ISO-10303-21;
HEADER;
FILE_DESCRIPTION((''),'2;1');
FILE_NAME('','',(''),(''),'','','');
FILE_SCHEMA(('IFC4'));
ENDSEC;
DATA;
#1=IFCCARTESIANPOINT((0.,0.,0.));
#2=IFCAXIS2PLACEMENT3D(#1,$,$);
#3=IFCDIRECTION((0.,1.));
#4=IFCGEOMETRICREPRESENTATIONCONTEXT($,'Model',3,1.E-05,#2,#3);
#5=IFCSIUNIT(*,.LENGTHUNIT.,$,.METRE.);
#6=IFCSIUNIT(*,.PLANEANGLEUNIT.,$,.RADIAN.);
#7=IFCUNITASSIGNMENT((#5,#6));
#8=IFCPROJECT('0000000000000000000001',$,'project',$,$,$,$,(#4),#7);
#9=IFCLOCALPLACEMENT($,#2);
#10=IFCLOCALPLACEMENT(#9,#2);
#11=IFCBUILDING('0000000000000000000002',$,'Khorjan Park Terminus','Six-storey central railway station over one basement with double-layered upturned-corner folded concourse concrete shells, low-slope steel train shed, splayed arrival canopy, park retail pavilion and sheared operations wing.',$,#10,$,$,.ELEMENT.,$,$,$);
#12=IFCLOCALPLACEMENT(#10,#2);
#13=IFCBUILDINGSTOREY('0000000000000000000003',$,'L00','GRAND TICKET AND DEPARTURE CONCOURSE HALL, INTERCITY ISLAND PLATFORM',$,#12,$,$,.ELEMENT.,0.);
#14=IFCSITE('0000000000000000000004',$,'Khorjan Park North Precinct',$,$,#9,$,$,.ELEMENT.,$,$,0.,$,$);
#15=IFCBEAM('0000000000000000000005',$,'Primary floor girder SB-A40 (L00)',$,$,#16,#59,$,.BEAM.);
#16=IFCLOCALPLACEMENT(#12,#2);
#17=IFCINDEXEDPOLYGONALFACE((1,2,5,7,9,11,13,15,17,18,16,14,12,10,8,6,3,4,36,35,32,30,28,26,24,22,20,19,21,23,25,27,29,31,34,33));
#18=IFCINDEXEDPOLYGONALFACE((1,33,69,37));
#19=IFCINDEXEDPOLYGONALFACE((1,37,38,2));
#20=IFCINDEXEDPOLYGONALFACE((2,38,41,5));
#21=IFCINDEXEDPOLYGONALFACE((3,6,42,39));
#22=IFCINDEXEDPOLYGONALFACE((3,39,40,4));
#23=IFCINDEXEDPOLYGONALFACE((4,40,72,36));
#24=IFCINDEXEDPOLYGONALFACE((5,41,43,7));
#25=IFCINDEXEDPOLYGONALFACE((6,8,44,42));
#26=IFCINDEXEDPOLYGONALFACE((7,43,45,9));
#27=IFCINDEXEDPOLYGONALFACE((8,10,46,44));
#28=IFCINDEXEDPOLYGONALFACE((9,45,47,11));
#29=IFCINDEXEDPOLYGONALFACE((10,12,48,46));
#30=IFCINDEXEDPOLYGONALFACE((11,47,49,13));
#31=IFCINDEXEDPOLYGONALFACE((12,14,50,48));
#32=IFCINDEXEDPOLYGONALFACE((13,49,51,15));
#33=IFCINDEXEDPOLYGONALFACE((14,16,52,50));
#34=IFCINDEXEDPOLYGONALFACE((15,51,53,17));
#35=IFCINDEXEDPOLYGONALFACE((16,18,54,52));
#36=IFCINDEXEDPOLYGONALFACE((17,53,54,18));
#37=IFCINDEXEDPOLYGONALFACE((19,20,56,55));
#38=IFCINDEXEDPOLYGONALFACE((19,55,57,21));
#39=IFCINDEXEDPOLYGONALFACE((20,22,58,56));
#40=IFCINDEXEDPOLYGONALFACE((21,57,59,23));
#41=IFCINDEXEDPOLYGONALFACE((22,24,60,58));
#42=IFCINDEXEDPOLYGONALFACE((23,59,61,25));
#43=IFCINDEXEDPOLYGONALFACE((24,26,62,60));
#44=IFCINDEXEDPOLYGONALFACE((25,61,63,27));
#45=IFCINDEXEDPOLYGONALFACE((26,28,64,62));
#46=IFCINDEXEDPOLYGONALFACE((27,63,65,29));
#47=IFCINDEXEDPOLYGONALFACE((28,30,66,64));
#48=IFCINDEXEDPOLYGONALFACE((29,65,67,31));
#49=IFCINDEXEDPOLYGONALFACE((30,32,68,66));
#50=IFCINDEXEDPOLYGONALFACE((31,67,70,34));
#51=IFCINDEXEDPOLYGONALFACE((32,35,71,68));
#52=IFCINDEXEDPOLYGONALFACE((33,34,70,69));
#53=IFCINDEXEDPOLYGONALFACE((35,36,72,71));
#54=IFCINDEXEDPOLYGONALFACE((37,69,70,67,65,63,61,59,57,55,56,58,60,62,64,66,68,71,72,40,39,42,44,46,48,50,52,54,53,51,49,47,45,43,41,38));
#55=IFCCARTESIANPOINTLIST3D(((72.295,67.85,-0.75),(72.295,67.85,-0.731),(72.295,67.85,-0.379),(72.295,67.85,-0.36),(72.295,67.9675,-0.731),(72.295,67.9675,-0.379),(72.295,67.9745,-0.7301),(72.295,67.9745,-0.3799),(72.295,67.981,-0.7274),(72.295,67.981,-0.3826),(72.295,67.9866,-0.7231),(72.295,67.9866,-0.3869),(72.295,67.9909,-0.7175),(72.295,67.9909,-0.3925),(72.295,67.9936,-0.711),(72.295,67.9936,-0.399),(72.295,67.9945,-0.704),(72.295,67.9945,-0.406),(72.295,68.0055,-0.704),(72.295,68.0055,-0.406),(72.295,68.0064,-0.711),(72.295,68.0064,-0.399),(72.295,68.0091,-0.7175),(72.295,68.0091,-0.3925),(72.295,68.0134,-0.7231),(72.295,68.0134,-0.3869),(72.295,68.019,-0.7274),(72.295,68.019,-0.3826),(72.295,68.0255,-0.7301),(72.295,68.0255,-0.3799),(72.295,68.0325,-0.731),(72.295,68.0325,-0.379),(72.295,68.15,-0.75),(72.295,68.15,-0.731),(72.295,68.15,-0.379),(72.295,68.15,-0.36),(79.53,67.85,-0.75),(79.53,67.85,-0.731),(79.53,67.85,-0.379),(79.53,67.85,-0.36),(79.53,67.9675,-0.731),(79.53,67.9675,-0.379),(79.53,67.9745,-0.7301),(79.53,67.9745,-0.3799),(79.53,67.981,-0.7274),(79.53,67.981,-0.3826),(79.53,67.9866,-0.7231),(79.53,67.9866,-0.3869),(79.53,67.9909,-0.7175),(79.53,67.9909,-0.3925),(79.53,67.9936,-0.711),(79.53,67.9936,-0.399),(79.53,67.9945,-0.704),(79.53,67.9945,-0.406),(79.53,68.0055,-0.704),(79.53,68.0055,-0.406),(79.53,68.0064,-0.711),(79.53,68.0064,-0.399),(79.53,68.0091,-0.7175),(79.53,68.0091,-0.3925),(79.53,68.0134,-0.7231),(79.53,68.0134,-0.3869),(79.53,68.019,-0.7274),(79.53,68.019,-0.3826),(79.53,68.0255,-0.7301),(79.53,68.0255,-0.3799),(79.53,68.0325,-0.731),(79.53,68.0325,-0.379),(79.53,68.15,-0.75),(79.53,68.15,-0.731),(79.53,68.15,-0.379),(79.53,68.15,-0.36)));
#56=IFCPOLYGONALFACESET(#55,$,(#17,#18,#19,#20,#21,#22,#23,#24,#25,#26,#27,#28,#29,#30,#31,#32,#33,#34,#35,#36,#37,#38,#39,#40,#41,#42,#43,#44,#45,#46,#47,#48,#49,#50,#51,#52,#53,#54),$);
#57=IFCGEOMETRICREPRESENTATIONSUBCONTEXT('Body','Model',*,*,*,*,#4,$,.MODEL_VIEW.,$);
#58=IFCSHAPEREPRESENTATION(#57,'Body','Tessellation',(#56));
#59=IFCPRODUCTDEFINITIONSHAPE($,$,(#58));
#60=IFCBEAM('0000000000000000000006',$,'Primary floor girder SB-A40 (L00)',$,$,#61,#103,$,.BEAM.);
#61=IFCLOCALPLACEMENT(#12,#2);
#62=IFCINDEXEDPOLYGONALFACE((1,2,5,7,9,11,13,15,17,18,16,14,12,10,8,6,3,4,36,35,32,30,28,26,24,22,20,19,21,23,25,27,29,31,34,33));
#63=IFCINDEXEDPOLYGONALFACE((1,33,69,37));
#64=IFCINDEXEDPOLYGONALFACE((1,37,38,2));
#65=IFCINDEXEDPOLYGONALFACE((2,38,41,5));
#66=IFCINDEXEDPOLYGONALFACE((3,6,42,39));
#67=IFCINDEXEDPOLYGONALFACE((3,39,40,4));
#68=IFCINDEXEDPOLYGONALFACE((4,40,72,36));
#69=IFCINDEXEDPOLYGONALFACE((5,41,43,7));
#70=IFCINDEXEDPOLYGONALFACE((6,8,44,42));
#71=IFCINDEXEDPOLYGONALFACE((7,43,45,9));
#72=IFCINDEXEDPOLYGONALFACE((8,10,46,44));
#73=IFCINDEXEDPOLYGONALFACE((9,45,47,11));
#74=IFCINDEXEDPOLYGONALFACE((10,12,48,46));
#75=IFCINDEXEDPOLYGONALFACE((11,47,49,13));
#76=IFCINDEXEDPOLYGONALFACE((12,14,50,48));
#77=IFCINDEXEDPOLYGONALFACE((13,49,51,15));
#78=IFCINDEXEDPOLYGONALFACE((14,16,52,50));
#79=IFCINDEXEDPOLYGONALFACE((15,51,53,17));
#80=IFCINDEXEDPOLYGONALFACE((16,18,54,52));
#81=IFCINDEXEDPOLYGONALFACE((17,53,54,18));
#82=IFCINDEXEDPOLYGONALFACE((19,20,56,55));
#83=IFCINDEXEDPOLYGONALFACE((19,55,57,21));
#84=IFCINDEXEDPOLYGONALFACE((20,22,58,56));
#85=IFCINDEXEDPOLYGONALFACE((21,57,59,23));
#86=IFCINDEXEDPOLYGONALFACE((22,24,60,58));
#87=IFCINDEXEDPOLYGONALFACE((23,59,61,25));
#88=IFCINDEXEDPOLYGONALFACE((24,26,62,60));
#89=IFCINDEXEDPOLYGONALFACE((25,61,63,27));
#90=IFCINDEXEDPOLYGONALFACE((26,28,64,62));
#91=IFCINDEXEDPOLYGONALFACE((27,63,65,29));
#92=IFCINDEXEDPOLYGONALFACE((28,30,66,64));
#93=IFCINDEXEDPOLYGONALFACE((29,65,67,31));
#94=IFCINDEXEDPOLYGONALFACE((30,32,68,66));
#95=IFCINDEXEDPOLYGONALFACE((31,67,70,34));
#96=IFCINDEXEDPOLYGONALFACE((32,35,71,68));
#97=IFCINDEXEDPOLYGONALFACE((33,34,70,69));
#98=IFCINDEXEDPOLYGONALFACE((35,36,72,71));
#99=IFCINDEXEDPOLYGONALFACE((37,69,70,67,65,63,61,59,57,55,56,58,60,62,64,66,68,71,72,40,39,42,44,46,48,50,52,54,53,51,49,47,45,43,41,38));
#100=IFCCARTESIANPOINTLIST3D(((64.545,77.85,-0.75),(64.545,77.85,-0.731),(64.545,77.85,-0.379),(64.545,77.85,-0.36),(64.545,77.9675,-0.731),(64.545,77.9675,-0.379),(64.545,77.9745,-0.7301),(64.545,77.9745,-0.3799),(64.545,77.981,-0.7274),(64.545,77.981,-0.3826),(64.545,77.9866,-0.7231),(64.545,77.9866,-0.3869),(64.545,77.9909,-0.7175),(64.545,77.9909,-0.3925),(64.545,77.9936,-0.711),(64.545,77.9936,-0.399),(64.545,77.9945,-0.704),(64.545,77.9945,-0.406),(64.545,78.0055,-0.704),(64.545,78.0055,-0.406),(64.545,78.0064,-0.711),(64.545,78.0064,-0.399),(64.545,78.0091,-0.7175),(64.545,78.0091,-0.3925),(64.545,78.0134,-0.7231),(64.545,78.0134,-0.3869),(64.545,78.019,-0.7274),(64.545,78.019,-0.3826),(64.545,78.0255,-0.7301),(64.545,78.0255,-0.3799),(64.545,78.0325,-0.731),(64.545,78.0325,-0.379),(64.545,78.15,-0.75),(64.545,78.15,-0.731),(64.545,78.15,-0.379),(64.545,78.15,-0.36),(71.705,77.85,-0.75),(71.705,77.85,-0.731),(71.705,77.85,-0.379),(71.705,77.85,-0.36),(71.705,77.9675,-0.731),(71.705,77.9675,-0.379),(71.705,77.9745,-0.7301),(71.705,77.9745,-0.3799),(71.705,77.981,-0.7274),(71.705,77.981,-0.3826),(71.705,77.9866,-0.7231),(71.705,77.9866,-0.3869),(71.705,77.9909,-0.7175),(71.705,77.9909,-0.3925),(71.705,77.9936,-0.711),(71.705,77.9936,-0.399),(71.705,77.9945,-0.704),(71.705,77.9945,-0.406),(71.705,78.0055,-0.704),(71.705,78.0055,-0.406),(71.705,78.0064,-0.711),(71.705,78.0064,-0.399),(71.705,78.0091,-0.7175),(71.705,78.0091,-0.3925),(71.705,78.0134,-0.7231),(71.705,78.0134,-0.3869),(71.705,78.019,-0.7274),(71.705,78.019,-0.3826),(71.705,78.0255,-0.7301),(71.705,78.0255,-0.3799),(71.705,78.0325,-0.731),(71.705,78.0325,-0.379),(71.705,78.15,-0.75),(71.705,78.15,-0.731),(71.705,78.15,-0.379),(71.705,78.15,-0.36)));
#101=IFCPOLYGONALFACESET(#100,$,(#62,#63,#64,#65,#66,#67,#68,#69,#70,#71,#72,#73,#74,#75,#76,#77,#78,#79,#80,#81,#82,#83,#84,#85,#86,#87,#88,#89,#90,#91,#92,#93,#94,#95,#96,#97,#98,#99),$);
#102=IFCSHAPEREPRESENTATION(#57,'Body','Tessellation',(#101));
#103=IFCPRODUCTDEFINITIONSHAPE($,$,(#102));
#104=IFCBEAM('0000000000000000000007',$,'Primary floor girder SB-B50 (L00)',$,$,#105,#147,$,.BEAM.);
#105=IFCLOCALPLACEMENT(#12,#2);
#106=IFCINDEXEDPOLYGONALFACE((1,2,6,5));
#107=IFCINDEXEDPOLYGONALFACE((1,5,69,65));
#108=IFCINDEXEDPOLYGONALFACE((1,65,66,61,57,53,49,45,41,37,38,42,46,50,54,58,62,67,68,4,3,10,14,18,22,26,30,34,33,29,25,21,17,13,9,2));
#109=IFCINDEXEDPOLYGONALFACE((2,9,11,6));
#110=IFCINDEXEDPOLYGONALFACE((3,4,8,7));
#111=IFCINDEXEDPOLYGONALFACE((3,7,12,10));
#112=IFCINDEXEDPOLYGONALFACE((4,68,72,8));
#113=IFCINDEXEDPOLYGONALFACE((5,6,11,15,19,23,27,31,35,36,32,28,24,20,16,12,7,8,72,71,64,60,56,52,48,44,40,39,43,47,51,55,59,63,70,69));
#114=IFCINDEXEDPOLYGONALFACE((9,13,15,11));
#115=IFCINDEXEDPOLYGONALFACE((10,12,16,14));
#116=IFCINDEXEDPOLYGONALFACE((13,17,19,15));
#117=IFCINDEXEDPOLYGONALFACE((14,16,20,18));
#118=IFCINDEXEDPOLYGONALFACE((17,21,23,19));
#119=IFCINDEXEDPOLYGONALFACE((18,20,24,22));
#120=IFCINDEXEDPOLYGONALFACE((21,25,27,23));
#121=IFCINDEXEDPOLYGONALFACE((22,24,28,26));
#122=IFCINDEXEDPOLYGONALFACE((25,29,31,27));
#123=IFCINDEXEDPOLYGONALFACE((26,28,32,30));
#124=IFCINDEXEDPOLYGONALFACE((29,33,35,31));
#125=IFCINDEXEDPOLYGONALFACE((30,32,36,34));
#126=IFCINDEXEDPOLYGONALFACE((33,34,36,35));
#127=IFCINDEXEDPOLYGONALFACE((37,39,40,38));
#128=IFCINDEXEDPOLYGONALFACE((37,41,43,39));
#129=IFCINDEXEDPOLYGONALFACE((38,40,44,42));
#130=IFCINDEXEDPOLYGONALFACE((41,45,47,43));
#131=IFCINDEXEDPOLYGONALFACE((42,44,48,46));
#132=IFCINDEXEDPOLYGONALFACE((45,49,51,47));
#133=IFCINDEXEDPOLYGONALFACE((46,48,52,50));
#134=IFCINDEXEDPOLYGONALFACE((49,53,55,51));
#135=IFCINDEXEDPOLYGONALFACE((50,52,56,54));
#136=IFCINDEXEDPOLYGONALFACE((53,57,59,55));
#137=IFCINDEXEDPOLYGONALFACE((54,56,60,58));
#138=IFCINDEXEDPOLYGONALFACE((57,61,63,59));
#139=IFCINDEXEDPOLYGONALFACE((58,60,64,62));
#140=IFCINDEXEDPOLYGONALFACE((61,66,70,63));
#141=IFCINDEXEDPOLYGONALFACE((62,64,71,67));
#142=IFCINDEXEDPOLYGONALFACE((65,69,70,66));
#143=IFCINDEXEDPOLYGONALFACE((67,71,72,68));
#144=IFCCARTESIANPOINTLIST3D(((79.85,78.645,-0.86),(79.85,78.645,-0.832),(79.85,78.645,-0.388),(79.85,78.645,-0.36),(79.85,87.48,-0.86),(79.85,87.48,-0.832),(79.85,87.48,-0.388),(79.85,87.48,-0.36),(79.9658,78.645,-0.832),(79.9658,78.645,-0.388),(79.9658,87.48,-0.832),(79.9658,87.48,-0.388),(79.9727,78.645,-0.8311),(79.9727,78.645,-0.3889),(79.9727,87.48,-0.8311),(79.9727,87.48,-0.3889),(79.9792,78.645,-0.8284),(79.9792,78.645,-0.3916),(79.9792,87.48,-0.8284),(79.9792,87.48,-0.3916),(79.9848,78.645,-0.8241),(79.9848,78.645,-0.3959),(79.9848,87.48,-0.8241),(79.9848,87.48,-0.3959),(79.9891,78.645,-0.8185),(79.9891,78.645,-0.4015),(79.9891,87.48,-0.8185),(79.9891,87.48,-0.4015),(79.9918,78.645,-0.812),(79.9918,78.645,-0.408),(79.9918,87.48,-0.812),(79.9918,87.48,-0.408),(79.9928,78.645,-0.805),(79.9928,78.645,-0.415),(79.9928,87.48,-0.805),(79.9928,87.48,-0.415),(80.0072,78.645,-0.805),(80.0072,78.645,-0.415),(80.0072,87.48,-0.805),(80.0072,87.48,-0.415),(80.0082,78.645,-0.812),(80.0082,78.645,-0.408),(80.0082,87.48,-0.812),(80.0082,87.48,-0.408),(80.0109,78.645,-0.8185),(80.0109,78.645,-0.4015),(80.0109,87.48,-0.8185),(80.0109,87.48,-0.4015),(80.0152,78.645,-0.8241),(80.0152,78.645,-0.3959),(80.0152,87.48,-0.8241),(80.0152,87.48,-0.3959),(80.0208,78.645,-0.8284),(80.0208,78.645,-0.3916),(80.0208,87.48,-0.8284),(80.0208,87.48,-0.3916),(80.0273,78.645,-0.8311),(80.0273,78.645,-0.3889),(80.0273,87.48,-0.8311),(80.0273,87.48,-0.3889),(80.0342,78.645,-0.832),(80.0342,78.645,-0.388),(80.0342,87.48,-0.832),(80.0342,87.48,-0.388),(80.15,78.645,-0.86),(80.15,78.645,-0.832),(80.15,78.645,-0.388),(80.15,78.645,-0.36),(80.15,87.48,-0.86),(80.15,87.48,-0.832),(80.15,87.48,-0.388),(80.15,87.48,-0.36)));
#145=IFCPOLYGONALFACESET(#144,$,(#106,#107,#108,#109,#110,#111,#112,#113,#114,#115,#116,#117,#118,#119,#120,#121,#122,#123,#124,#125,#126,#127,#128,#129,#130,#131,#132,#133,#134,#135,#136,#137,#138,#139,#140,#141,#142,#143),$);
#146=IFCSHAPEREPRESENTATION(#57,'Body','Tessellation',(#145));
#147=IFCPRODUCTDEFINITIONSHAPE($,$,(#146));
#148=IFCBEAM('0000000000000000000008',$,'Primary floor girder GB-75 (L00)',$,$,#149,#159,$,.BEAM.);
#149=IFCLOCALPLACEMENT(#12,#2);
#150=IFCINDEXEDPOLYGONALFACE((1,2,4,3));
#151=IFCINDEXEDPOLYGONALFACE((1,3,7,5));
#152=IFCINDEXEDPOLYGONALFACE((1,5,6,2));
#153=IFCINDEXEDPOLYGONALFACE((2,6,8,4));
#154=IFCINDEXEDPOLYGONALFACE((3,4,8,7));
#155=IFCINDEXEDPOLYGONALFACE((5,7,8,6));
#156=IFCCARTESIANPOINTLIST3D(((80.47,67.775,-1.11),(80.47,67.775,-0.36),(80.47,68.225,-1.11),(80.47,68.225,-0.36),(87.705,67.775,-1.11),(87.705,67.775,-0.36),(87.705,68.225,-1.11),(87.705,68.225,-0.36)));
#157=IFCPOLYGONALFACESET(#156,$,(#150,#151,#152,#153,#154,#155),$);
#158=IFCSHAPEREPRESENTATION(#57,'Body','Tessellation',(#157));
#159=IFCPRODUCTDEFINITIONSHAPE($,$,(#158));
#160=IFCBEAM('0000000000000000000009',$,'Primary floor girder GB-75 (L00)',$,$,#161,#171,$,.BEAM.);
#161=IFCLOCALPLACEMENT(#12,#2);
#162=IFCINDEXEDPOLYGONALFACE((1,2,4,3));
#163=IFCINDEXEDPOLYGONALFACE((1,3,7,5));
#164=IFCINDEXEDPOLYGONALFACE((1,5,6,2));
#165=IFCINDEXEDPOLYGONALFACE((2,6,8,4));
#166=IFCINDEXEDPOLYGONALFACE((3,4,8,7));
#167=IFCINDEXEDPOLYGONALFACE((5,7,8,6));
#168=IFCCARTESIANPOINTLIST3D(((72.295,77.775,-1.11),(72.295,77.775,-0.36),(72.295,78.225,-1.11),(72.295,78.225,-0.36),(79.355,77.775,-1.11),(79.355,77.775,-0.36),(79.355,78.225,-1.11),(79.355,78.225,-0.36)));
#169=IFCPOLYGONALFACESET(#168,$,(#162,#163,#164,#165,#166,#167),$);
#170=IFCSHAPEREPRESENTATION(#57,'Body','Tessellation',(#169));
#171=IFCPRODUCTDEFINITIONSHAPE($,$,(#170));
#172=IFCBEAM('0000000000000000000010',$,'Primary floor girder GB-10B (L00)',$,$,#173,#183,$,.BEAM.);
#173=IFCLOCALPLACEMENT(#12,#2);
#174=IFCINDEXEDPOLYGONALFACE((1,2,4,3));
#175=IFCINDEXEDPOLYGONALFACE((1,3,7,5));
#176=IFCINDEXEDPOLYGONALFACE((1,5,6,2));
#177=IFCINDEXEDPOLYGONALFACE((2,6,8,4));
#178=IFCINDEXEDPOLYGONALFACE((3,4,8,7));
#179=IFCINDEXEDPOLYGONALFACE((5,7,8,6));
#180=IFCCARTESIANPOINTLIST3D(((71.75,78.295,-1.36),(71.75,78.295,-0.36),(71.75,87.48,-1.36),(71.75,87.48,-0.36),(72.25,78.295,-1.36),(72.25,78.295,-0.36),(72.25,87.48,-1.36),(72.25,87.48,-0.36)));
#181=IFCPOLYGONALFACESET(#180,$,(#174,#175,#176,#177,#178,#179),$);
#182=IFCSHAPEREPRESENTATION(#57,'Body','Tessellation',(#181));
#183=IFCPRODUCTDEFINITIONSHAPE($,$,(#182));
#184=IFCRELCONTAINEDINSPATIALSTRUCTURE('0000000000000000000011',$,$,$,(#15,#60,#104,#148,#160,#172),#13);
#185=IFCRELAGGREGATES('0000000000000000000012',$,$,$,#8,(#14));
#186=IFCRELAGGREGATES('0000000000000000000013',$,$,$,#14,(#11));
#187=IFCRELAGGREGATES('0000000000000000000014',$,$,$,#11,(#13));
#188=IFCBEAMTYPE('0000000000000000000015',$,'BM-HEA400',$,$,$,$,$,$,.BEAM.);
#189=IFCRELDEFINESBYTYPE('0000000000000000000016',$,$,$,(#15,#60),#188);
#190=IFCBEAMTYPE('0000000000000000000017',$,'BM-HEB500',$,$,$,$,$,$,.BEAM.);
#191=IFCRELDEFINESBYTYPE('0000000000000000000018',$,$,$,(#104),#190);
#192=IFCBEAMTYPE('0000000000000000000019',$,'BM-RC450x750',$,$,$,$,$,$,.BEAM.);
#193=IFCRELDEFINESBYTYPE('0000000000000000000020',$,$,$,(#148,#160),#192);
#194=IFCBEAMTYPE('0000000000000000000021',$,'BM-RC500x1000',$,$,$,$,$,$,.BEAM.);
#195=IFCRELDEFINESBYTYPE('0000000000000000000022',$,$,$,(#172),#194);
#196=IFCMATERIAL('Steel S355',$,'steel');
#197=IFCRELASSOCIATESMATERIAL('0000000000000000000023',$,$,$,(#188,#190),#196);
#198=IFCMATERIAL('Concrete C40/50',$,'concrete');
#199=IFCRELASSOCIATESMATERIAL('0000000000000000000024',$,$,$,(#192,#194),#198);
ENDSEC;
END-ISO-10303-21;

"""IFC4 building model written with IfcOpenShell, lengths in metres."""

from ifc_helpers import new_model, si_unit, direction, frame, origin, origin_2d, place, context, subcontext, project, spatial, rectangle, i_section, extrude, material, material_profile, profile_set, type_object, element, save


model = new_model("IFC4")

# Units and contexts
model_context = context("Model", 3, precision=1e-05, world=origin(), true_north=direction((0.0, 1.0)))
body_context = subcontext(model_context, "Body", "Model", "MODEL_VIEW")
ifc_project = project(units=[si_unit("LENGTHUNIT", "METRE"), si_unit("PLANEANGLEUNIT", "RADIAN")], contexts=[model_context])

# Site, building, storey
site_placement = place(None, origin())
site = spatial("IfcSite", under=ifc_project, at=site_placement, Name="Khorjan Park North Precinct", CompositionType="ELEMENT", RefElevation=0.0)
building_placement = place(site_placement, origin())
building = spatial("IfcBuilding", under=site, at=building_placement, Name="Khorjan Park Terminus", Description="Six-storey central railway station over one basement with double-layered upturned-corner folded concourse concrete shells, low-slope steel train shed, splayed arrival canopy, park retail pavilion and sheared operations wing.", CompositionType="ELEMENT")
storey_placement = place(building_placement, origin())
storey = spatial("IfcBuildingStorey", under=building, at=storey_placement, Name="L00", Description="GRAND TICKET AND DEPARTURE CONCOURSE HALL, INTERCITY ISLAND PLATFORM", CompositionType="ELEMENT", Elevation=0.0)

# Shared definitions
ifc_material_1 = material(Name="Steel S355", Category="steel")

# Beams
ifc_material_profile_1 = material_profile(ifc_material_1, i_section(OverallWidth=0.3, OverallDepth=0.39, WebThickness=0.011, FlangeThickness=0.019, FilletRadius=0.027, at=origin_2d()), Name="HEA 400")
ifc_profile_set_1 = profile_set([ifc_material_profile_1], Name="Steel S355")
beam_type_1 = type_object("IfcBeamType", Name="BM-HEA400", PredefinedType="BEAM", material=ifc_profile_set_1)
beam_1_placement = place(storey_placement, frame((72.295, 68.0, -0.555), z_axis=(1.0, 0.0, 0.0), x_axis=(0.0, 1.0, 0.0)))
element("IfcBeam", 1, at=beam_1_placement, inside=storey, type_object=beam_type_1, Name="Primary floor girder SB-A40 (L00)", PredefinedType="BEAM", context=body_context, shape_type="SweptSolid", body=[
    extrude(i_section(OverallWidth=0.3, OverallDepth=0.39, WebThickness=0.011, FlangeThickness=0.019, FilletRadius=0.027, at=origin_2d()), origin(), (0.0, 0.0, 1.0), 7.235),
])
beam_2_placement = place(storey_placement, frame((64.545, 78.0, -0.555), z_axis=(1.0, 0.0, 0.0), x_axis=(0.0, 1.0, 0.0)))
element("IfcBeam", 2, at=beam_2_placement, inside=storey, type_object=beam_type_1, Name="Primary floor girder SB-A40 (L00)", PredefinedType="BEAM", context=body_context, shape_type="SweptSolid", body=[
    extrude(i_section(OverallWidth=0.3, OverallDepth=0.39, WebThickness=0.011, FlangeThickness=0.019, FilletRadius=0.027, at=origin_2d()), origin(), (0.0, 0.0, 1.0), 7.16),
])
ifc_material_profile_2 = material_profile(ifc_material_1, i_section(OverallWidth=0.3, OverallDepth=0.5, WebThickness=0.0145, FlangeThickness=0.028, FilletRadius=0.027, at=origin_2d()), Name="HEB 500")
ifc_profile_set_2 = profile_set([ifc_material_profile_2], Name="Steel S355")
beam_type_2 = type_object("IfcBeamType", Name="BM-HEB500", PredefinedType="BEAM", material=ifc_profile_set_2)
beam_3_placement = place(storey_placement, frame((80.0, 78.645, -0.61), z_axis=(0.0, 1.0, 0.0), x_axis=(-1.0, 0.0, 0.0)))
element("IfcBeam", 3, at=beam_3_placement, inside=storey, type_object=beam_type_2, Name="Primary floor girder SB-B50 (L00)", PredefinedType="BEAM", context=body_context, shape_type="SweptSolid", body=[
    extrude(i_section(OverallWidth=0.3, OverallDepth=0.5, WebThickness=0.0145, FlangeThickness=0.028, FilletRadius=0.027, at=origin_2d()), origin(), (0.0, 0.0, 1.0), 8.835),
])
ifc_material_2 = material(Name="Concrete C40/50", Category="concrete")
ifc_material_profile_3 = material_profile(ifc_material_2, rectangle(XDim=0.45, YDim=0.75, at=origin_2d()), Name="RC 450x750")
ifc_profile_set_3 = profile_set([ifc_material_profile_3], Name="Concrete C40/50")
beam_type_3 = type_object("IfcBeamType", Name="BM-RC450x750", PredefinedType="BEAM", material=ifc_profile_set_3)
beam_4_placement = place(storey_placement, frame((80.47, 68.0, -0.735), z_axis=(1.0, 0.0, 0.0), x_axis=(0.0, 1.0, 0.0)))
element("IfcBeam", 4, at=beam_4_placement, inside=storey, type_object=beam_type_3, Name="Primary floor girder GB-75 (L00)", PredefinedType="BEAM", context=body_context, shape_type="SweptSolid", body=[
    extrude(rectangle(XDim=0.45, YDim=0.75, at=origin_2d()), origin(), (0.0, 0.0, 1.0), 7.235),
])
beam_5_placement = place(storey_placement, frame((72.295, 78.0, -0.735), z_axis=(1.0, 0.0, 0.0), x_axis=(0.0, 1.0, 0.0)))
element("IfcBeam", 5, at=beam_5_placement, inside=storey, type_object=beam_type_3, Name="Primary floor girder GB-75 (L00)", PredefinedType="BEAM", context=body_context, shape_type="SweptSolid", body=[
    extrude(rectangle(XDim=0.45, YDim=0.75, at=origin_2d()), origin(), (0.0, 0.0, 1.0), 7.06),
])
ifc_material_profile_4 = material_profile(ifc_material_2, rectangle(XDim=0.5, YDim=1.0, at=origin_2d()), Name="RC 500x1000")
ifc_profile_set_4 = profile_set([ifc_material_profile_4], Name="Concrete C40/50")
beam_type_4 = type_object("IfcBeamType", Name="BM-RC500x1000", PredefinedType="BEAM", material=ifc_profile_set_4)
beam_6_placement = place(storey_placement, frame((72.0, 78.295, -0.86), z_axis=(0.0, 1.0, 0.0), x_axis=(-1.0, 0.0, 0.0)))
element("IfcBeam", 6, at=beam_6_placement, inside=storey, type_object=beam_type_4, Name="Primary floor girder GB-10B (L00)", PredefinedType="BEAM", context=body_context, shape_type="SweptSolid", body=[
    extrude(rectangle(XDim=0.5, YDim=1.0, at=origin_2d()), origin(), (0.0, 0.0, 1.0), 9.185),
])

save(model, "model.ifc")
